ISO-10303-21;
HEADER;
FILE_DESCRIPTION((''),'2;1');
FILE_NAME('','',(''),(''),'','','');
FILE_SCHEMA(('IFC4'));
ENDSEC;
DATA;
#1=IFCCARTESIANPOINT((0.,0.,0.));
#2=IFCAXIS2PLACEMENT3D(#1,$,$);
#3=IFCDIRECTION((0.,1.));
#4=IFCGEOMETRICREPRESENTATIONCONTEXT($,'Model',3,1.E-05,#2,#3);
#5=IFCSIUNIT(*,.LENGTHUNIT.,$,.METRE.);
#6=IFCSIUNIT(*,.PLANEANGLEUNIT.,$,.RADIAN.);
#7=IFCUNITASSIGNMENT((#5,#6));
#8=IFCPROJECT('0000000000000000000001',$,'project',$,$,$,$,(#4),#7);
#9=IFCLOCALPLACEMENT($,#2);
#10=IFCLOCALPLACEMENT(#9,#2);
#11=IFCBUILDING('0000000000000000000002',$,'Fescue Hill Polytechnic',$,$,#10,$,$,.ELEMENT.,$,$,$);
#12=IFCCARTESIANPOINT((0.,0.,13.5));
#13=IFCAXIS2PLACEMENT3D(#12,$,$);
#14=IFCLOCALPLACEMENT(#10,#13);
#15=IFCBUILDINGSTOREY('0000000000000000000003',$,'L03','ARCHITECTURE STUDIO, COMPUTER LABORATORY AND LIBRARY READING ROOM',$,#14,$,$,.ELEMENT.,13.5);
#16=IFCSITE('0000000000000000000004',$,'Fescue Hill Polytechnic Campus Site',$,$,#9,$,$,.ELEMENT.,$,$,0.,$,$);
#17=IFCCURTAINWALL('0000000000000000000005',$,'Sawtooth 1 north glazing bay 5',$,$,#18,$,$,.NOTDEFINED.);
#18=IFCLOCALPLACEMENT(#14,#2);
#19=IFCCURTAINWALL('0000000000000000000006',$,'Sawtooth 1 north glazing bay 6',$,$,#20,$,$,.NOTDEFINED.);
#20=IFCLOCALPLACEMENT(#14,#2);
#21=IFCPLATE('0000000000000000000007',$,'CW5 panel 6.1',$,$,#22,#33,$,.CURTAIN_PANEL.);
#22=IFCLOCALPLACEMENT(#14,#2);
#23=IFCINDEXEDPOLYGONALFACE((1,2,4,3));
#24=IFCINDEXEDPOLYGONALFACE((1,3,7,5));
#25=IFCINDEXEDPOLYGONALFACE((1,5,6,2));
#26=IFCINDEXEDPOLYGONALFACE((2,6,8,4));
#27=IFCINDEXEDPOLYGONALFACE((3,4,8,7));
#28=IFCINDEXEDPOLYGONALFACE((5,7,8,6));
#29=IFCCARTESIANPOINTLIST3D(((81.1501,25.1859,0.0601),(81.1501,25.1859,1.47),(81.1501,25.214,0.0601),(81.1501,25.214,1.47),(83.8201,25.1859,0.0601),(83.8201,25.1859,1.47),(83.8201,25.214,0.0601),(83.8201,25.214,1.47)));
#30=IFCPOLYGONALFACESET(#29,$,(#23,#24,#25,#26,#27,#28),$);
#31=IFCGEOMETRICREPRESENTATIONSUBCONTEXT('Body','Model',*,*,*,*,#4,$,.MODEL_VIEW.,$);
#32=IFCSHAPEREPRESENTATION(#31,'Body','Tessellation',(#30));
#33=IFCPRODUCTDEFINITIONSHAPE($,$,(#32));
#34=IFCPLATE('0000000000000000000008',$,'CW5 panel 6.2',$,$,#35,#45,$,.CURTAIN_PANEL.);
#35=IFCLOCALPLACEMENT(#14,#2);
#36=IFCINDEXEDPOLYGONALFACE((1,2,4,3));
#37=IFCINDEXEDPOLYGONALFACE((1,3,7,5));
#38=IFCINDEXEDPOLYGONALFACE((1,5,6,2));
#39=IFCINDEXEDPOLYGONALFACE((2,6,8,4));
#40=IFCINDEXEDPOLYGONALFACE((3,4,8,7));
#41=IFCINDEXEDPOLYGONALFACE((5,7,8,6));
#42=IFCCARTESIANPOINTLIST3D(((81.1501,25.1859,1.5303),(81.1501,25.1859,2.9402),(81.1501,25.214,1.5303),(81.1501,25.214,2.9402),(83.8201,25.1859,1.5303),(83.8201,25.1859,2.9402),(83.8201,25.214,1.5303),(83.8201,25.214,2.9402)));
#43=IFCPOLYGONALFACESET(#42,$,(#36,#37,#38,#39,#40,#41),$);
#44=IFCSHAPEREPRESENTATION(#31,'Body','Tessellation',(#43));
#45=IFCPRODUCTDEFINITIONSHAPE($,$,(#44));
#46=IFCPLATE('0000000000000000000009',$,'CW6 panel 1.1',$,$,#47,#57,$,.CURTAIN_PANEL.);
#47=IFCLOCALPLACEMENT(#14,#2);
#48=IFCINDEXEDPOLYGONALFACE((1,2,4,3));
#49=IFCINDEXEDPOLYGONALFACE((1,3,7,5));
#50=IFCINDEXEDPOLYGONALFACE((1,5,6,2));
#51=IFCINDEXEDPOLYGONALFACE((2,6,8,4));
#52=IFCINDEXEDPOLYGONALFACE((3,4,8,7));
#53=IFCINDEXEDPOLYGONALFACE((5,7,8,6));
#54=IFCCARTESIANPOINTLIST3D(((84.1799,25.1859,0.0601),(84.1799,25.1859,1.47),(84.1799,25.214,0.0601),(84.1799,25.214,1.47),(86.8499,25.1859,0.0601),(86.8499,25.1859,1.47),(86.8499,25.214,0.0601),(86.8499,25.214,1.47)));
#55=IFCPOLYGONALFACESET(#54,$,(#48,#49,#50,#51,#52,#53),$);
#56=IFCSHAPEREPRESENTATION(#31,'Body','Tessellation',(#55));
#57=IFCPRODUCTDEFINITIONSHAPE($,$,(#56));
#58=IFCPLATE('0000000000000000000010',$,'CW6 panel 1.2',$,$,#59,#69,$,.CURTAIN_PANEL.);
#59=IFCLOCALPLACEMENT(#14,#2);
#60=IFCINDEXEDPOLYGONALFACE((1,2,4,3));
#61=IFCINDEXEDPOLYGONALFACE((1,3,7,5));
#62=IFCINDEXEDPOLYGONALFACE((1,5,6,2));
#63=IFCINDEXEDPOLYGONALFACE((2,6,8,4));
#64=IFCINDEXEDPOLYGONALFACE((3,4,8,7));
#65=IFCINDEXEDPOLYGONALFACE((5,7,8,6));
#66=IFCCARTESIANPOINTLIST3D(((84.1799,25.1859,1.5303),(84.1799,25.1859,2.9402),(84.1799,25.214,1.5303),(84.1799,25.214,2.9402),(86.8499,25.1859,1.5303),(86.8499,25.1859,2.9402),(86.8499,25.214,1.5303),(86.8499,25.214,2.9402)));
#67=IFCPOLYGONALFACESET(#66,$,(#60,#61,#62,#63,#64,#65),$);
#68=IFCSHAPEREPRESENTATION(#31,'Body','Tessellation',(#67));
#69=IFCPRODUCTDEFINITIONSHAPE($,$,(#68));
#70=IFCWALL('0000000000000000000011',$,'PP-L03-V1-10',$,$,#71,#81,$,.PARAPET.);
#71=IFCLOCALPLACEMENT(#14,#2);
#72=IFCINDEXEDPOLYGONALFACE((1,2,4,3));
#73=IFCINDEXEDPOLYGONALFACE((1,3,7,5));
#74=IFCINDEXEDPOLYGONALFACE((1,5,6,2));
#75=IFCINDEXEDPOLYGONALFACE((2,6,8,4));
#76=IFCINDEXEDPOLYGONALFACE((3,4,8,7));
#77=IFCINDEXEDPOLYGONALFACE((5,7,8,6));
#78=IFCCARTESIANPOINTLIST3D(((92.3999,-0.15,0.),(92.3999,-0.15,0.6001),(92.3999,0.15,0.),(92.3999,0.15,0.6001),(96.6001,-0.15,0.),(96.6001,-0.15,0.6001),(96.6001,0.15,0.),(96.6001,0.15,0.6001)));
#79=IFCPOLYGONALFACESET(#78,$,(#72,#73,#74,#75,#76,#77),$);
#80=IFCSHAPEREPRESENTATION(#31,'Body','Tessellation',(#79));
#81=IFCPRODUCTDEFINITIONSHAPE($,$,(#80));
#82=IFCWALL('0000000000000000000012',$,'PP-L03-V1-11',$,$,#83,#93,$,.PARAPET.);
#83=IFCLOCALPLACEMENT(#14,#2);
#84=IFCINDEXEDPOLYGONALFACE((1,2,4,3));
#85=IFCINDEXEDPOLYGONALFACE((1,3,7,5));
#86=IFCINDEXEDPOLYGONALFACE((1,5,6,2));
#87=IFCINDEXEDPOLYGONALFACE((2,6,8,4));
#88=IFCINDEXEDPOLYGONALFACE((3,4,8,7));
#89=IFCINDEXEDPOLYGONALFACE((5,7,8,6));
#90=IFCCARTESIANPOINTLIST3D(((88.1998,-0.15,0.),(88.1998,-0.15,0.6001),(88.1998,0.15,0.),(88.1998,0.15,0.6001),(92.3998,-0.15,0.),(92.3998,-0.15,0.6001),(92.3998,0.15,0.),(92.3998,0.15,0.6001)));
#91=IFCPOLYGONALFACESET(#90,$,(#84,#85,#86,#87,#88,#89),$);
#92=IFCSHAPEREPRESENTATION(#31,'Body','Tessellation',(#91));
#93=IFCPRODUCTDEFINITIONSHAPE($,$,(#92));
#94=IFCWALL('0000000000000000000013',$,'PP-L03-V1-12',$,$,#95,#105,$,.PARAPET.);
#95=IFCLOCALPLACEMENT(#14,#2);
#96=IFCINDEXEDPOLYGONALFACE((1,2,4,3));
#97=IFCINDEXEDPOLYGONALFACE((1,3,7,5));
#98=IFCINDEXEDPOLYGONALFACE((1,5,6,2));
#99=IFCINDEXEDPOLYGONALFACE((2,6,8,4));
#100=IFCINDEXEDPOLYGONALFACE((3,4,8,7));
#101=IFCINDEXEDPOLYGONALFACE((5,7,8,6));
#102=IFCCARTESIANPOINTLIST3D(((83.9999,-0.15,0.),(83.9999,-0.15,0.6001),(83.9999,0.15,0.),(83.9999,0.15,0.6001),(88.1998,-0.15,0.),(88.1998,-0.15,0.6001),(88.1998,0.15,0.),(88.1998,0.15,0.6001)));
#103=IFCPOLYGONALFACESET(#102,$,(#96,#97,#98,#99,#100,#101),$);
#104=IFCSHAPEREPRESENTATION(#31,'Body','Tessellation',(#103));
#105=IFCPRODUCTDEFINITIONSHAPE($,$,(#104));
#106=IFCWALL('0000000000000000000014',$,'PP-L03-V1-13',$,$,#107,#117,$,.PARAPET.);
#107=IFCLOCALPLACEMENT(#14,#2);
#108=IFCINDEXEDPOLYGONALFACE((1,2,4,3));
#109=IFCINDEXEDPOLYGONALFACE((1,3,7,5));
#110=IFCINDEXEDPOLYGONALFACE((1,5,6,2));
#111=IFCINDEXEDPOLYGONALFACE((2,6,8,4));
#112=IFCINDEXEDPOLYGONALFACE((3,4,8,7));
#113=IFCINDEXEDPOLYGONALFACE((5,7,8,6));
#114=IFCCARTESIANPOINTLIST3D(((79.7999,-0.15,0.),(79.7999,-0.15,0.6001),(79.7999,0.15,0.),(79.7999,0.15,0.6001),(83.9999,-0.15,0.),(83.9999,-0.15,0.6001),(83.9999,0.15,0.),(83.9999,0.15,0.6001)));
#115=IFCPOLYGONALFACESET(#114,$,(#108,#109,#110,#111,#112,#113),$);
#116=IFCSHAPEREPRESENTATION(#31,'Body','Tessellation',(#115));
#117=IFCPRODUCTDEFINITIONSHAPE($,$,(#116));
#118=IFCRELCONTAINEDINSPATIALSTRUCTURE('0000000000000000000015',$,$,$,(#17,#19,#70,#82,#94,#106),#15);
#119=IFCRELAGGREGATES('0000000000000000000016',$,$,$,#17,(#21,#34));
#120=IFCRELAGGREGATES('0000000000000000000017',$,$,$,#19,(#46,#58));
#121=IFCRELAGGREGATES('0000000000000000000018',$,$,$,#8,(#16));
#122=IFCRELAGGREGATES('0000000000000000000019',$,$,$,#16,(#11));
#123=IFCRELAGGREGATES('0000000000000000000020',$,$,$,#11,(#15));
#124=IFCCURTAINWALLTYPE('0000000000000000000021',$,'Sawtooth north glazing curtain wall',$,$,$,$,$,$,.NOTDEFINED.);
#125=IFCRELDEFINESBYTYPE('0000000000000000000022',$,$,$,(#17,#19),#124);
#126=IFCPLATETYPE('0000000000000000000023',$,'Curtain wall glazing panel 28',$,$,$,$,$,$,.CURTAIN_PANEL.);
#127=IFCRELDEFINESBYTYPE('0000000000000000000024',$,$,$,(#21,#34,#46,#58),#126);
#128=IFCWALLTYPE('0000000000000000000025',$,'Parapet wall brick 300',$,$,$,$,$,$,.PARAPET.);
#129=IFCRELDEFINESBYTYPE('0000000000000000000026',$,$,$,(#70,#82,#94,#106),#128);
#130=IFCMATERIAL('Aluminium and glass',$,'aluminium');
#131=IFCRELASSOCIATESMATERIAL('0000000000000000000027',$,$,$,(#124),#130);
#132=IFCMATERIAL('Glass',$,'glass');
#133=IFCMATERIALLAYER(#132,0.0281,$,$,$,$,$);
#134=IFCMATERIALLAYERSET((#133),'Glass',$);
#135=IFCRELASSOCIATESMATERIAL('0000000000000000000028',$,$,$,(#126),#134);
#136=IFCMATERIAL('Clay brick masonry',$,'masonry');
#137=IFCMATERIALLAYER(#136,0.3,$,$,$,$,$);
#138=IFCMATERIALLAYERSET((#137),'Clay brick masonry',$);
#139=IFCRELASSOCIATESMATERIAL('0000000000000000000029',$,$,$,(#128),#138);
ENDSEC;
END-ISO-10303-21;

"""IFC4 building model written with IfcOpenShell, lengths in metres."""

from ifc_helpers import new_model, si_unit, direction, frame, frame_2d, origin, origin_2d, place, context, subcontext, project, spatial, rectangle, extrude, material, layer, layer_set, type_object, element, aggregate, save


model = new_model("IFC4")

# Units and contexts
model_context = context("Model", 3, precision=1e-05, world=origin(), true_north=direction((0.0, 1.0)))
body_context = subcontext(model_context, "Body", "Model", "MODEL_VIEW")
ifc_project = project(units=[si_unit("LENGTHUNIT", "METRE"), si_unit("PLANEANGLEUNIT", "RADIAN")], contexts=[model_context])

# Site, building, storey
site_placement = place(None, origin())
site = spatial("IfcSite", under=ifc_project, at=site_placement, Name="Fescue Hill Polytechnic Campus Site", CompositionType="ELEMENT", RefElevation=0.0)
building_placement = place(site_placement, origin())
building = spatial("IfcBuilding", under=site, at=building_placement, Name="Fescue Hill Polytechnic", CompositionType="ELEMENT")
storey_placement = place(building_placement, frame((0.0, 0.0, 13.5)))
storey = spatial("IfcBuildingStorey", under=building, at=storey_placement, Name="L03", Description="ARCHITECTURE STUDIO, COMPUTER LABORATORY AND LIBRARY READING ROOM", CompositionType="ELEMENT", Elevation=13.5)

# Curtain wall
ifc_material_1 = material(Name="Aluminium and glass", Category="aluminium")
curtain_wall_type = type_object("IfcCurtainWallType", Name="Sawtooth north glazing curtain wall", PredefinedType="NOTDEFINED", material=ifc_material_1)
curtain_wall_1_placement = place(storey_placement, origin())
curtain_wall_1 = element("IfcCurtainWall", 1, at=curtain_wall_1_placement, inside=storey, type_object=curtain_wall_type, Name="Sawtooth 1 north glazing bay 5", PredefinedType="NOTDEFINED")

# Curtain wall
curtain_wall_2_placement = place(storey_placement, origin())
curtain_wall_2 = element("IfcCurtainWall", 2, at=curtain_wall_2_placement, inside=storey, type_object=curtain_wall_type, Name="Sawtooth 1 north glazing bay 6", PredefinedType="NOTDEFINED")

# Plates
ifc_material_2 = material(Name="Glass", Category="glass")
ifc_layer_1 = layer(ifc_material_2, 0.0281)
ifc_layer_set_1 = layer_set([ifc_layer_1], Name="Glass")
plate_type = type_object("IfcPlateType", Name="Curtain wall glazing panel 28", PredefinedType="CURTAIN_PANEL", material=ifc_layer_set_1)
plate_1_placement = place(storey_placement, frame((82.4851, 25.2, 0.0601), z_axis=(0.0, 0.0, 1.0), x_axis=(1.0, 0.0, 0.0)))
plate_1 = element("IfcPlate", 3, at=plate_1_placement, type_object=plate_type, Name="CW5 panel 6.1", PredefinedType="CURTAIN_PANEL", context=body_context, shape_type="SweptSolid", body=[
    extrude(rectangle(XDim=2.6699, YDim=0.0281, at=origin_2d()), origin(), (0.0, 0.0, 1.0), 1.4099),
])
plate_2_placement = place(storey_placement, frame((82.4851, 25.2, 1.5303), z_axis=(0.0, 0.0, 1.0), x_axis=(1.0, 0.0, 0.0)))
plate_2 = element("IfcPlate", 4, at=plate_2_placement, type_object=plate_type, Name="CW5 panel 6.2", PredefinedType="CURTAIN_PANEL", context=body_context, shape_type="SweptSolid", body=[
    extrude(rectangle(XDim=2.6699, YDim=0.0281, at=origin_2d()), origin(), (0.0, 0.0, 1.0), 1.4099),
])
aggregate(curtain_wall_1, [plate_1, plate_2])
plate_3_placement = place(storey_placement, frame((85.5149, 25.2, 0.0601), z_axis=(0.0, 0.0, 1.0), x_axis=(1.0, 0.0, 0.0)))
plate_3 = element("IfcPlate", 5, at=plate_3_placement, type_object=plate_type, Name="CW6 panel 1.1", PredefinedType="CURTAIN_PANEL", context=body_context, shape_type="SweptSolid", body=[
    extrude(rectangle(XDim=2.6699, YDim=0.0281, at=origin_2d()), origin(), (0.0, 0.0, 1.0), 1.4099),
])
plate_4_placement = place(storey_placement, frame((85.5149, 25.2, 1.5303), z_axis=(0.0, 0.0, 1.0), x_axis=(1.0, 0.0, 0.0)))
plate_4 = element("IfcPlate", 6, at=plate_4_placement, type_object=plate_type, Name="CW6 panel 1.2", PredefinedType="CURTAIN_PANEL", context=body_context, shape_type="SweptSolid", body=[
    extrude(rectangle(XDim=2.6699, YDim=0.0281, at=origin_2d()), origin(), (0.0, 0.0, 1.0), 1.4099),
])
aggregate(curtain_wall_2, [plate_3, plate_4])

# Walls
ifc_material_3 = material(Name="Clay brick masonry", Category="masonry")
ifc_layer_2 = layer(ifc_material_3, 0.3)
ifc_layer_set_2 = layer_set([ifc_layer_2], Name="Clay brick masonry")
wall_type = type_object("IfcWallType", Name="Parapet wall brick 300", PredefinedType="PARAPET", material=ifc_layer_set_2)
wall_placement = place(storey_placement, frame((96.6001, 0.0, 0.0), z_axis=(0.0, 0.0, 1.0), x_axis=(-1.0, 0.0, 0.0)))
element("IfcWall", 7, at=wall_placement, inside=storey, type_object=wall_type, Name="PP-L03-V1-10", PredefinedType="PARAPET", context=body_context, shape_type="SweptSolid", body=[
    extrude(rectangle(XDim=4.2002, YDim=0.3, at=frame_2d((2.1001, 0.0))), origin(), (0.0, 0.0, 1.0), 0.6001),
])
for number, where, z_axis, x_axis, name in (
    (8, (92.3999, 0.0, 0.0), (0.0, 0.0, 1.0), (-1.0, 0.0, 0.0), "PP-L03-V1-11"),
    (9, (88.2, 0.0, 0.0), (0.0, 0.0, 1.0), (-1.0, 0.0, 0.0), "PP-L03-V1-12"),
    (10, (84.0, 0.0, 0.0), (0.0, 0.0, 1.0), (-1.0, 0.0, 0.0), "PP-L03-V1-13"),
):
    element("IfcWall", number, at=place(storey_placement, frame(where, z_axis=z_axis, x_axis=x_axis)), inside=storey, type_object=wall_type, Name=name, PredefinedType="PARAPET", context=body_context, shape_type="SweptSolid", body=[
        extrude(rectangle(XDim=4.2, YDim=0.3, at=frame_2d((2.1001, 0.0))), origin(), (0.0, 0.0, 1.0), 0.6001),
    ])

save(model, "model.ifc")
